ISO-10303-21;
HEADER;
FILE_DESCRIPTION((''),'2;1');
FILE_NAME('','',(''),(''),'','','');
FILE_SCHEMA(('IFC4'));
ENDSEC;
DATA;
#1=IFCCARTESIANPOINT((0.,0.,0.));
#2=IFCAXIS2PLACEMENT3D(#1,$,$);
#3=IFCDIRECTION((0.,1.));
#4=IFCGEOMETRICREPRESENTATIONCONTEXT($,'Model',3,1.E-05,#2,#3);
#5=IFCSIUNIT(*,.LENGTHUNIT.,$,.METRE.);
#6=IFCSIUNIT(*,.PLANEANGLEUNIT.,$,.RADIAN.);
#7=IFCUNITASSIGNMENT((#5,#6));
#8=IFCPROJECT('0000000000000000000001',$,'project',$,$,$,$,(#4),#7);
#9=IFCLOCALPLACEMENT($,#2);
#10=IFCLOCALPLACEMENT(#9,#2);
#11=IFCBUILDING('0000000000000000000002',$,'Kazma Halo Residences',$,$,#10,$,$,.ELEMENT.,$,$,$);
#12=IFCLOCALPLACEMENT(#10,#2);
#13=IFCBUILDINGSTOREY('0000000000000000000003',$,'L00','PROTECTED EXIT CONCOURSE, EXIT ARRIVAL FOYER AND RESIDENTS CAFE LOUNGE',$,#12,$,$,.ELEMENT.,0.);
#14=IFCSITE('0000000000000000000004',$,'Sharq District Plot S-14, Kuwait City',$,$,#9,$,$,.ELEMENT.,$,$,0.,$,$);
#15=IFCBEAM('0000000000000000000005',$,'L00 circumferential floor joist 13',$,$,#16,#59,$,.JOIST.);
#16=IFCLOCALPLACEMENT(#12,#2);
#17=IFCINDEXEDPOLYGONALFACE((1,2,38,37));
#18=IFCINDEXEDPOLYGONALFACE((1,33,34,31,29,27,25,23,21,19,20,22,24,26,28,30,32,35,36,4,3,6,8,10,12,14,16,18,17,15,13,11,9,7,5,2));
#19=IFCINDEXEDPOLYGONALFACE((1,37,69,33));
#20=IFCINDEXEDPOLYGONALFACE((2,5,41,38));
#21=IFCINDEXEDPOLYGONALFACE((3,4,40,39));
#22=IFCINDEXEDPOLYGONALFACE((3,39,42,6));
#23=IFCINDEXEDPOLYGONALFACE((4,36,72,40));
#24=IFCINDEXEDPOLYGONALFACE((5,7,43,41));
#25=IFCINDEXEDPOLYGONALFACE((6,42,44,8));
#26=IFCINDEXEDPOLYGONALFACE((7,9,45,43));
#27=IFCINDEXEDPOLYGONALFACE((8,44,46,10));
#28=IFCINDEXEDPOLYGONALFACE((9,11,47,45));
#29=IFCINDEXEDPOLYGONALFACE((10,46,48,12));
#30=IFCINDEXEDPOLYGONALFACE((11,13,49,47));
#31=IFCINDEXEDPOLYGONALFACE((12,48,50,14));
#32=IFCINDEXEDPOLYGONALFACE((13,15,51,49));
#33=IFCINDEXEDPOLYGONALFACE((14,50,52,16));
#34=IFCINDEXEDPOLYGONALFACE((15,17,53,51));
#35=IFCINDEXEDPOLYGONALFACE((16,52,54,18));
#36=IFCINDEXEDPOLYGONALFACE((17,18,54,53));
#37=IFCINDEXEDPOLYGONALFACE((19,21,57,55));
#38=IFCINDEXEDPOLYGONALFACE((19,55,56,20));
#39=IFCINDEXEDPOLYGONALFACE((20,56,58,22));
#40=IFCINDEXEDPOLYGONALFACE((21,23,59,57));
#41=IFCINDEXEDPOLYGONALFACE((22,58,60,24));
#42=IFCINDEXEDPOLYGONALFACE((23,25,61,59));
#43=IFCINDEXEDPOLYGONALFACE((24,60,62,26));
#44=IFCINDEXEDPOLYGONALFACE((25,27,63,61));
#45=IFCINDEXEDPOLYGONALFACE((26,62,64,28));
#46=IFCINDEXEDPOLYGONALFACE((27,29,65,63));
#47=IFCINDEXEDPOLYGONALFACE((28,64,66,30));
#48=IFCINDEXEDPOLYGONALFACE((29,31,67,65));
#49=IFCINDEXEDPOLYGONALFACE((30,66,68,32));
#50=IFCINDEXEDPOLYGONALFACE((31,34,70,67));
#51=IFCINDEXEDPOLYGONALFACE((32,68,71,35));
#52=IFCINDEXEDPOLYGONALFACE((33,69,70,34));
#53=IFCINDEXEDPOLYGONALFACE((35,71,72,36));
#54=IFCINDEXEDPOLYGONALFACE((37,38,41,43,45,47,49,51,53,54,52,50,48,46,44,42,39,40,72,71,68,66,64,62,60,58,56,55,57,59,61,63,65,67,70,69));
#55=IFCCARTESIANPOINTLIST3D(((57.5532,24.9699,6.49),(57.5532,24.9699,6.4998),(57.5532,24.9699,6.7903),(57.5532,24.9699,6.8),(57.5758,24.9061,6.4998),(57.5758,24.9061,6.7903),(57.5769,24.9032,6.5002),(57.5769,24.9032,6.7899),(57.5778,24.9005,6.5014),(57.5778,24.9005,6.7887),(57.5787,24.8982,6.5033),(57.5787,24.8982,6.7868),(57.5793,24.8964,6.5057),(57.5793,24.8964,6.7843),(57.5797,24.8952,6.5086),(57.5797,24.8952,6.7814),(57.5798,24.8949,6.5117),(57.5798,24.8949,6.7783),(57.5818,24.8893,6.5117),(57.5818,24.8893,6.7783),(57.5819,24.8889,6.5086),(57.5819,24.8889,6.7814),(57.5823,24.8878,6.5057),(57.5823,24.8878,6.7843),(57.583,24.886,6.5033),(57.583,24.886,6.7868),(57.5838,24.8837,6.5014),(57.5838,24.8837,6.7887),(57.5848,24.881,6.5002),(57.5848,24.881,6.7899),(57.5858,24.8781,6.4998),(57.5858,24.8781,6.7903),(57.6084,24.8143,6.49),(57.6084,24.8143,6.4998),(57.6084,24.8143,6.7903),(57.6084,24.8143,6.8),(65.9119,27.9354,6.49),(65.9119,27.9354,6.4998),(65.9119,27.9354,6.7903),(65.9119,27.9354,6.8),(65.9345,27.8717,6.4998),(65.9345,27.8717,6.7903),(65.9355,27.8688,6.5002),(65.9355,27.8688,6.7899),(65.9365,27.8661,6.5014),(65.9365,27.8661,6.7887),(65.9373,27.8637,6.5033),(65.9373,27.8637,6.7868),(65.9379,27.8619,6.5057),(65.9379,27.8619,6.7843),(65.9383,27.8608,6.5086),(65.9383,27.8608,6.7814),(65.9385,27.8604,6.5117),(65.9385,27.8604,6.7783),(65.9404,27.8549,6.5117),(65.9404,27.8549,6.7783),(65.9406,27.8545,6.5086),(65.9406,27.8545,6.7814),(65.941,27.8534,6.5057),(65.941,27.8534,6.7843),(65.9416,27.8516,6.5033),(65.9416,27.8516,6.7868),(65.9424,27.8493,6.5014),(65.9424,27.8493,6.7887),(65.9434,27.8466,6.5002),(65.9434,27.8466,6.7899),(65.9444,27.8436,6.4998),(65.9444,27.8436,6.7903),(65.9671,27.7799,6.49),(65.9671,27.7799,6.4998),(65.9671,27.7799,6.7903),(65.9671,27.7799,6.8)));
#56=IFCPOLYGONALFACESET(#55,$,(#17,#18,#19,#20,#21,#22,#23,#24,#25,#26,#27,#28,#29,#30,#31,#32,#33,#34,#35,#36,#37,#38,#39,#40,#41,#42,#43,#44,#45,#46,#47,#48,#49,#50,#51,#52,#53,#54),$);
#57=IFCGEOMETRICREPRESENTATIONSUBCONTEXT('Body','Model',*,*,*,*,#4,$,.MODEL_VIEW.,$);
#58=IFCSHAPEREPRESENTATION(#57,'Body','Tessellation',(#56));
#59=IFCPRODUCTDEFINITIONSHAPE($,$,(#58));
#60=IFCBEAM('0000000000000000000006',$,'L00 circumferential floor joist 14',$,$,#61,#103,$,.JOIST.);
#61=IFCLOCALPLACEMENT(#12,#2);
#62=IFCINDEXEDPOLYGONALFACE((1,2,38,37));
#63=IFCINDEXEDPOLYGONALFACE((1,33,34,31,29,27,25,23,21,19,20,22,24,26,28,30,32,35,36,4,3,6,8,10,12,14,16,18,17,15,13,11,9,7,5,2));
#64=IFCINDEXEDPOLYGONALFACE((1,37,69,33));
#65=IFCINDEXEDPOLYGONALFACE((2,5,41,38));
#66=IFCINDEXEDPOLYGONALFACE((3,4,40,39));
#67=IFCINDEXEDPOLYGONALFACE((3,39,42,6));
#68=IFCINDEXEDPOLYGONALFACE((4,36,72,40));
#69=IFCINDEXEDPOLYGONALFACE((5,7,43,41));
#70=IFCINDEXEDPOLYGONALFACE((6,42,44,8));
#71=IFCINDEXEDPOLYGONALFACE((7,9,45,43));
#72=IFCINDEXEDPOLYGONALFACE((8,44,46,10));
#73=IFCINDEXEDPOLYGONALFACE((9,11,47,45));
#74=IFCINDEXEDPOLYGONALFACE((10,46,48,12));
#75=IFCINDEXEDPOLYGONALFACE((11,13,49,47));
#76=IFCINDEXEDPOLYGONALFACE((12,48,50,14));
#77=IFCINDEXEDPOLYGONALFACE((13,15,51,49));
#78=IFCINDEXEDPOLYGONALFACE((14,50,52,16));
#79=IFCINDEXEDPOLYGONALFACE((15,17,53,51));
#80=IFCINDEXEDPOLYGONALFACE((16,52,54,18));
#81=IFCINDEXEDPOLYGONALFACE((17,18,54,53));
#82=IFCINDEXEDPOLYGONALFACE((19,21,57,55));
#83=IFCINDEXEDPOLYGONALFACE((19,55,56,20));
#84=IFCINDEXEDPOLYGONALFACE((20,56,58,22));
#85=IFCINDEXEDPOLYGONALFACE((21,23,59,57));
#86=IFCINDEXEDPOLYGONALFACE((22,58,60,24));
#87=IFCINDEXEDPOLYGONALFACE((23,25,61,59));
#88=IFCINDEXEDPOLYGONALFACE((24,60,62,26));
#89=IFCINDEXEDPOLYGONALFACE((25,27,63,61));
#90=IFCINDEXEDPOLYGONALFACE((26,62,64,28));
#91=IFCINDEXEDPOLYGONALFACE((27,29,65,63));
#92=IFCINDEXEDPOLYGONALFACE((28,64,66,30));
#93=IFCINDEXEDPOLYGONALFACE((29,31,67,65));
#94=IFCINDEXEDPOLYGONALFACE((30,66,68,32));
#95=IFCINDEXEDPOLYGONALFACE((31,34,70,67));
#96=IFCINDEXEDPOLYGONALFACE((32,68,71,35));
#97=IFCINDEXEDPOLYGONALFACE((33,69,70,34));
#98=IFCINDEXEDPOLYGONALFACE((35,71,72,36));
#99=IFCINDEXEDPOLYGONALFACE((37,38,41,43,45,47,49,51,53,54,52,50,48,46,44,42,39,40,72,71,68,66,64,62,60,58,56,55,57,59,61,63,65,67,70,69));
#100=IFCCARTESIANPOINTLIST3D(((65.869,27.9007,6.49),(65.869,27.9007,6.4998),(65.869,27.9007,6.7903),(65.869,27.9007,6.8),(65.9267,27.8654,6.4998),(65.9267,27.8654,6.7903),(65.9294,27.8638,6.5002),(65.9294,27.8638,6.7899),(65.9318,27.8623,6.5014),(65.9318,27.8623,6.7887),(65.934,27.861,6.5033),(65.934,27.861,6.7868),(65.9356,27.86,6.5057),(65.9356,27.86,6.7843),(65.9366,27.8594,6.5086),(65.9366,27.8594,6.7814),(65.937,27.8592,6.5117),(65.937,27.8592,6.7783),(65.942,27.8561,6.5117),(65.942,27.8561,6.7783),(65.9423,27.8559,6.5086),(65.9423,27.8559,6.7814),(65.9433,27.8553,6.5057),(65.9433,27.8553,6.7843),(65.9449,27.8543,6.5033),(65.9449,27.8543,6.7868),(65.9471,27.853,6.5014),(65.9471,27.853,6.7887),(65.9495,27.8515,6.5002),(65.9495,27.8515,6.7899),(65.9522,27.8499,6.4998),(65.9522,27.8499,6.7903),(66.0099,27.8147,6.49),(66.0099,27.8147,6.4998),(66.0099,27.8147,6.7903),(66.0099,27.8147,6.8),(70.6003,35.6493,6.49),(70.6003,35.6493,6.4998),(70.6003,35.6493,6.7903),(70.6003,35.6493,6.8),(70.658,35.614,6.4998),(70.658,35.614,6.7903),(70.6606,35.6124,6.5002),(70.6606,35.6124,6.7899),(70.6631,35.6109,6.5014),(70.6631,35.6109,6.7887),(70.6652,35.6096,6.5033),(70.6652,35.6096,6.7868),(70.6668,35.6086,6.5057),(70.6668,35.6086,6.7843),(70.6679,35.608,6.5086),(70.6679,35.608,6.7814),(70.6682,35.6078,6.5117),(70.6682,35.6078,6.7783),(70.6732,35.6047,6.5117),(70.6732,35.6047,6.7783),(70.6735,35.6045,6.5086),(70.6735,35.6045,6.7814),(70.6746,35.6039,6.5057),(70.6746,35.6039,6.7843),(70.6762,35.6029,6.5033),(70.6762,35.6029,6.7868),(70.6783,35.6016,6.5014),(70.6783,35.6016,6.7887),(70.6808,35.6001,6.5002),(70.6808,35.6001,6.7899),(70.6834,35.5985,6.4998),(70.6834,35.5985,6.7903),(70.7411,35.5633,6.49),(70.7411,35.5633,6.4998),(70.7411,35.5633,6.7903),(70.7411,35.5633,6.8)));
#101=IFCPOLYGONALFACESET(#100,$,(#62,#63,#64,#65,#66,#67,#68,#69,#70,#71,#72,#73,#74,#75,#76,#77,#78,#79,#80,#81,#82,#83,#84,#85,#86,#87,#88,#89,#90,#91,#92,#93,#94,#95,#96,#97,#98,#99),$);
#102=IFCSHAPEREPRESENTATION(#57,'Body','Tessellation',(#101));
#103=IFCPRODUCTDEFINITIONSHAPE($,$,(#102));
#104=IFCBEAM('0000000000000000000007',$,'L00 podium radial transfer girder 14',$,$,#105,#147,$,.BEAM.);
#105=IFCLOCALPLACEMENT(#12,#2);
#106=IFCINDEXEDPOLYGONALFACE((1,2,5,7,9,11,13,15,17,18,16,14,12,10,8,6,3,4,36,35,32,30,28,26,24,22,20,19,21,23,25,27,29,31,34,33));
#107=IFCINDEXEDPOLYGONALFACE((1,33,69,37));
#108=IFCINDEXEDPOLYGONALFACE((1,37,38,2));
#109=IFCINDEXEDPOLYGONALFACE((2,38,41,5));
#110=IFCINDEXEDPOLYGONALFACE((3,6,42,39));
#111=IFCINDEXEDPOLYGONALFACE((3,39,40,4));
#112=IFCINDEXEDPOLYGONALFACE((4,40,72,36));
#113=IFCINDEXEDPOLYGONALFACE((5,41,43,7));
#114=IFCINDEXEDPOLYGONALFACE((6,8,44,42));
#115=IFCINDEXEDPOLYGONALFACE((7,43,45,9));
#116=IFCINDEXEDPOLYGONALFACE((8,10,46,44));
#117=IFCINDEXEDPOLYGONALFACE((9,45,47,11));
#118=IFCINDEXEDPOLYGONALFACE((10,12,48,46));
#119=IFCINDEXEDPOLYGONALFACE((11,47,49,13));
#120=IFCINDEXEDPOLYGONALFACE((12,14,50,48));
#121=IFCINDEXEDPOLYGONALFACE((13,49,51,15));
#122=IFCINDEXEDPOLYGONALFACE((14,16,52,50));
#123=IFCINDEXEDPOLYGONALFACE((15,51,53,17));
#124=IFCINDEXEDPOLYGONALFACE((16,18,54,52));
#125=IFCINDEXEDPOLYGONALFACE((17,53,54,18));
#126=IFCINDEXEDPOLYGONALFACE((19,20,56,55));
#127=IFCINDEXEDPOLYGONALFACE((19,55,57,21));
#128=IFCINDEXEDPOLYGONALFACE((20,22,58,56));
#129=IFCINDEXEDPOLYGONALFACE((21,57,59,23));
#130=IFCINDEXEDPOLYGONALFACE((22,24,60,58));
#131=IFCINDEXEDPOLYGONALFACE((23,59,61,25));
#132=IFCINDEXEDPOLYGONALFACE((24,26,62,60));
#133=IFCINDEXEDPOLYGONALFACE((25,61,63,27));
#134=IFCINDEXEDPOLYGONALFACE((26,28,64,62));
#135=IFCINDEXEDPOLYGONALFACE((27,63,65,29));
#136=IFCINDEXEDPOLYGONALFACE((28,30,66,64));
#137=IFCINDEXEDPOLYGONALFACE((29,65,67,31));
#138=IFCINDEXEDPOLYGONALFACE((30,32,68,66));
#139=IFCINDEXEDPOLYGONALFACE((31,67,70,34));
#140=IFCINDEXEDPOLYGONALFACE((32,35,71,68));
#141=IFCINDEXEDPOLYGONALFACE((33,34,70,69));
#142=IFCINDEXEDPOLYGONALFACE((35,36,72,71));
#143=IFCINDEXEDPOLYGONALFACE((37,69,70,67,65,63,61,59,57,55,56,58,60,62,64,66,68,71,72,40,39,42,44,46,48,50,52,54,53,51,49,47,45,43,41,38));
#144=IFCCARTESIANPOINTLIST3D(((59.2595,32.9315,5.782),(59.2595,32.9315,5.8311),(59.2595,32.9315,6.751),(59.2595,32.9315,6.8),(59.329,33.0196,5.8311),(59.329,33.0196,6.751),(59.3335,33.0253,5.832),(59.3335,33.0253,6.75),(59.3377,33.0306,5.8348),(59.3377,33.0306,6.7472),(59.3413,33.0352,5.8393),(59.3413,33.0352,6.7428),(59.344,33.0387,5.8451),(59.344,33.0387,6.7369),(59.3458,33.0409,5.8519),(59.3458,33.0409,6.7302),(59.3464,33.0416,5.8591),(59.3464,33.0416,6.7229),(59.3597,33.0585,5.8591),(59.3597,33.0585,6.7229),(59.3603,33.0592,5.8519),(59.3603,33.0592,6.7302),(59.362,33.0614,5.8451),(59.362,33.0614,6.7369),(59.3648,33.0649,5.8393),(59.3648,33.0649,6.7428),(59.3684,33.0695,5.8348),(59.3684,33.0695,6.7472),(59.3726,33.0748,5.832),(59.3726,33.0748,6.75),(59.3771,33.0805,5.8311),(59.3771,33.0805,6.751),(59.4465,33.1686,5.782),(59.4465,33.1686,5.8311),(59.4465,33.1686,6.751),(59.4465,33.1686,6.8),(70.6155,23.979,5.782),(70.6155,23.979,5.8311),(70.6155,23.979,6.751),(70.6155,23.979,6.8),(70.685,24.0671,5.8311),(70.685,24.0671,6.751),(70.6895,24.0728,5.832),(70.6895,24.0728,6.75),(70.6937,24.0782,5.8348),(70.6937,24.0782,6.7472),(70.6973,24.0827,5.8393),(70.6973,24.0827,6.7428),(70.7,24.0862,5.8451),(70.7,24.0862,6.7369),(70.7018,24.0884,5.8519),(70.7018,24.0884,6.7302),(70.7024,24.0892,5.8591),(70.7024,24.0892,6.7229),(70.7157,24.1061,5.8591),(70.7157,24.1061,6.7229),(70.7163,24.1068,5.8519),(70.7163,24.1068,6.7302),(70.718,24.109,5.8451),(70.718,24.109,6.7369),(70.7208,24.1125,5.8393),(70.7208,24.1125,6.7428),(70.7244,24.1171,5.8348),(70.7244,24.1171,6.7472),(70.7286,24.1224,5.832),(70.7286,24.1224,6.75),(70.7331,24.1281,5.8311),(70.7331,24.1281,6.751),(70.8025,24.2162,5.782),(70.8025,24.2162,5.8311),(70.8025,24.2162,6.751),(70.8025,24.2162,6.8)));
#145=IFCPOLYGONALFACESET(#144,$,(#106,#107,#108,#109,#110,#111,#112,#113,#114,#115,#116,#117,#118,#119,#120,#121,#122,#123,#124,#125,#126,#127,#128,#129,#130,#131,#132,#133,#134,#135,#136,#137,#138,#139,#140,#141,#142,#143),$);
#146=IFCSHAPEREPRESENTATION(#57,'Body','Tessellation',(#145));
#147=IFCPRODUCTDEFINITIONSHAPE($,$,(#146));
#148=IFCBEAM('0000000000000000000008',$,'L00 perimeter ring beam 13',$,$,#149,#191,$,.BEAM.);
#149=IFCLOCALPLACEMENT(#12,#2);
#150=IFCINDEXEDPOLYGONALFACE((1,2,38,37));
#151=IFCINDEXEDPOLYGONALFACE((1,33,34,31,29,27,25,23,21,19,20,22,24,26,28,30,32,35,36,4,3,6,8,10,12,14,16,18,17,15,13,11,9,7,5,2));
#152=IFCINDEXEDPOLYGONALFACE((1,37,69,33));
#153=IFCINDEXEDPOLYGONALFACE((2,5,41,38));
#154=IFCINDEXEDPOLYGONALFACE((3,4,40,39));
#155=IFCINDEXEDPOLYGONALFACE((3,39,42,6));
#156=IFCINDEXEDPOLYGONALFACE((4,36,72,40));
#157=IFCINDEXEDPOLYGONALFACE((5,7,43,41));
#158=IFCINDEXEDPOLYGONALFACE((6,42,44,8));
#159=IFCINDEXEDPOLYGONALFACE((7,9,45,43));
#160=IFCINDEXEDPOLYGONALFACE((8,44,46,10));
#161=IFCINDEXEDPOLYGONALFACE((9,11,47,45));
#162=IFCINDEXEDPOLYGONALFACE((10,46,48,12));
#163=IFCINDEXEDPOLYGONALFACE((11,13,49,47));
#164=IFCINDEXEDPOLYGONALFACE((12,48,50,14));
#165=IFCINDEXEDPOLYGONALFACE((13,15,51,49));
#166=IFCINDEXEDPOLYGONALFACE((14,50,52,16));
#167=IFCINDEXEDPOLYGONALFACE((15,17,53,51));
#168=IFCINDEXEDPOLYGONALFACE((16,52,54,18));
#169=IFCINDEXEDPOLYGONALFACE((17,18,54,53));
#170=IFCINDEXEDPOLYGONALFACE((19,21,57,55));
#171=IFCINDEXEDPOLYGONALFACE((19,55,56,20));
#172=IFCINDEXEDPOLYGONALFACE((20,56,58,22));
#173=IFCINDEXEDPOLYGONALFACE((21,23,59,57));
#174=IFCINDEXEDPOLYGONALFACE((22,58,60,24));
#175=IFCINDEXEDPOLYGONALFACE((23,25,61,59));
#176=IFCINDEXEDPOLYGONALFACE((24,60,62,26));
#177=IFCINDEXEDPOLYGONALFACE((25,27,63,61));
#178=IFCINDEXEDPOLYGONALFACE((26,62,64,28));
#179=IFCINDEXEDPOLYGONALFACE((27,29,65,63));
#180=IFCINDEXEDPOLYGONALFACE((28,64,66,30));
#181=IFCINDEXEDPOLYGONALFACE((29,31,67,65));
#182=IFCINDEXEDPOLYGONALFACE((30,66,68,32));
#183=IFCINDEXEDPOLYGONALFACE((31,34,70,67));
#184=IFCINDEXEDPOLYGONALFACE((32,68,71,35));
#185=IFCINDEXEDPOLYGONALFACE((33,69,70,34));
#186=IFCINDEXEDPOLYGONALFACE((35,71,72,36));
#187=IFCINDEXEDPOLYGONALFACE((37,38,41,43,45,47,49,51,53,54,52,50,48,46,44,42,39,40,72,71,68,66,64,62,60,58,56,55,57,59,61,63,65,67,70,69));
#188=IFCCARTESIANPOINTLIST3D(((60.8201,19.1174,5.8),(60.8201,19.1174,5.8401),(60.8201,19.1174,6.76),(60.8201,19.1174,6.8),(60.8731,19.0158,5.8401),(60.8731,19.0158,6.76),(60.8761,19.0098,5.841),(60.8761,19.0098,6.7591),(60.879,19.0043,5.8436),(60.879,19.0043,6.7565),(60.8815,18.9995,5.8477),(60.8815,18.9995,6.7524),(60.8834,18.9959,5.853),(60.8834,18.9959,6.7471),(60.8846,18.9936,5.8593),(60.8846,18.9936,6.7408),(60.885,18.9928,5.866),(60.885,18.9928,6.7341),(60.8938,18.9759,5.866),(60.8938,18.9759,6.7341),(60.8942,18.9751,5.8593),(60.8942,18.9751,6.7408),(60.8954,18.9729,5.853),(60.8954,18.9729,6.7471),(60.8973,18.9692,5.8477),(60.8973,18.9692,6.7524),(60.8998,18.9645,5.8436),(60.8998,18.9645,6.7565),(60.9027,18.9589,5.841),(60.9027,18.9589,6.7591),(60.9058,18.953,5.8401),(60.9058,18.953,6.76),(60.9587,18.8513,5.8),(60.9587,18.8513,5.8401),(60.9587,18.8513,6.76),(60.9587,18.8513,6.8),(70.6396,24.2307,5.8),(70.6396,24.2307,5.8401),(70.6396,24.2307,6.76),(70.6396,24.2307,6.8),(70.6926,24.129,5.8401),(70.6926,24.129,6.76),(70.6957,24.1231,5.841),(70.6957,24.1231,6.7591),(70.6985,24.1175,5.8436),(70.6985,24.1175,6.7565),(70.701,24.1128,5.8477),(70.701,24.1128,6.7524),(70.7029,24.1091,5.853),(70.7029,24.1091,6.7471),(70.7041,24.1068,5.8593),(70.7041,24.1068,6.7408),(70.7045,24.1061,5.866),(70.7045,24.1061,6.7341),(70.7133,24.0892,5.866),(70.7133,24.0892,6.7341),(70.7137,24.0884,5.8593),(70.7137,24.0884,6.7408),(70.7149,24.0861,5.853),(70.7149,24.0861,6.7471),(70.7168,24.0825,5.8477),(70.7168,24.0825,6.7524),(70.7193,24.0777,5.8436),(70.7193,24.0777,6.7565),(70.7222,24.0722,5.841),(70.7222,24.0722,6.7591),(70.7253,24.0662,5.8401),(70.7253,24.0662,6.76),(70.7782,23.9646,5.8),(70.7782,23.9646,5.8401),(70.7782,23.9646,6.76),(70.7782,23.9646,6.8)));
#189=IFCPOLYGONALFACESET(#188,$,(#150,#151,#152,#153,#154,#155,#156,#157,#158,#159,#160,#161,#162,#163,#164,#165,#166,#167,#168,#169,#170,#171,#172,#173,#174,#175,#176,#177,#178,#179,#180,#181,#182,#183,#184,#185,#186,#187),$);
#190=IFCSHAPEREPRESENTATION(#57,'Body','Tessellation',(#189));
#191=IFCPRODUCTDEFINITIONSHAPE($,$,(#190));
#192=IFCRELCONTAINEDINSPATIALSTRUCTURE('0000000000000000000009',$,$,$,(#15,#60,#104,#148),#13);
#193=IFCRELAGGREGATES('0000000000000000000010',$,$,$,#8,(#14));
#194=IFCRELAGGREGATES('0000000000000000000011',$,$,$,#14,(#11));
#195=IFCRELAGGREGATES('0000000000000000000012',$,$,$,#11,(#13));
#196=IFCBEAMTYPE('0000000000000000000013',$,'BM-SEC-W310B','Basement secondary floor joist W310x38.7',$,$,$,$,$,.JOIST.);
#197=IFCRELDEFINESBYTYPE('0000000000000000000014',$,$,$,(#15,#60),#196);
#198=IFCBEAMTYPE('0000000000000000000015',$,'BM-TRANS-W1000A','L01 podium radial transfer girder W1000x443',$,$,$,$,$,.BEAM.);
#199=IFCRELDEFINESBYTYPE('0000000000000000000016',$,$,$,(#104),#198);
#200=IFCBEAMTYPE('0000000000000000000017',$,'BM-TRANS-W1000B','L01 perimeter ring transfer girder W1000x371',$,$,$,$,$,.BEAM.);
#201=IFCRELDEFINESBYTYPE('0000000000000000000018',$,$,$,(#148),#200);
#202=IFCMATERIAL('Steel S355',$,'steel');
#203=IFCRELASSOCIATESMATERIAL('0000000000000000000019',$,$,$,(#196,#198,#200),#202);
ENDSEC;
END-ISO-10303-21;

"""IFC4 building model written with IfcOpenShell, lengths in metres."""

from ifc_helpers import new_model, si_unit, direction, frame, origin, origin_2d, place, context, subcontext, project, spatial, i_section, extrude, material, material_profile, profile_set, type_object, element, save


model = new_model("IFC4")

# Units and contexts
model_context = context("Model", 3, precision=1e-05, world=origin(), true_north=direction((0.0, 1.0)))
body_context = subcontext(model_context, "Body", "Model", "MODEL_VIEW")
ifc_project = project(units=[si_unit("LENGTHUNIT", "METRE"), si_unit("PLANEANGLEUNIT", "RADIAN")], contexts=[model_context])

# Site, building, storey
site_placement = place(None, origin())
site = spatial("IfcSite", under=ifc_project, at=site_placement, Name="Sharq District Plot S-14, Kuwait City", CompositionType="ELEMENT", RefElevation=0.0)
building_placement = place(site_placement, origin())
building = spatial("IfcBuilding", under=site, at=building_placement, Name="Kazma Halo Residences", CompositionType="ELEMENT")
storey_placement = place(building_placement, origin())
storey = spatial("IfcBuildingStorey", under=building, at=storey_placement, Name="L00", Description="PROTECTED EXIT CONCOURSE, EXIT ARRIVAL FOYER AND RESIDENTS CAFE LOUNGE", CompositionType="ELEMENT", Elevation=0.0)

# Beams
ifc_material_1 = material(Name="Steel S355", Category="steel")
ifc_material_profile_1 = material_profile(ifc_material_1, i_section(OverallWidth=0.165, OverallDepth=0.3101, WebThickness=0.0059, FlangeThickness=0.0098, FilletRadius=0.012, at=origin_2d()), Name="W310x38.7")
ifc_profile_set_1 = profile_set([ifc_material_profile_1], Name="Steel S355")
beam_type_1 = type_object("IfcBeamType", Name="BM-SEC-W310B", Description="Basement secondary floor joist W310x38.7", PredefinedType="JOIST", material=ifc_profile_set_1)
beam_1_placement = place(storey_placement, frame((57.5808, 24.8921, 6.645), z_axis=(0.942442, 0.33437, 0.0), x_axis=(-0.33437, 0.942442, 0.0)))
element("IfcBeam", 1, at=beam_1_placement, inside=storey, type_object=beam_type_1, Name="L00 circumferential floor joist 13", PredefinedType="JOIST", context=body_context, shape_type="SweptSolid", body=[
    extrude(i_section(OverallWidth=0.165, OverallDepth=0.3101, WebThickness=0.0059, FlangeThickness=0.0098, FilletRadius=0.012, at=origin_2d()), origin(), (0.0, 0.0, 1.0), 8.8691),
])
beam_2_placement = place(storey_placement, frame((65.9395, 27.8577, 6.645), z_axis=(0.521128, 0.853479, 0.0), x_axis=(-0.853479, 0.521128, 0.0)))
element("IfcBeam", 2, at=beam_2_placement, inside=storey, type_object=beam_type_1, Name="L00 circumferential floor joist 14", PredefinedType="JOIST", context=body_context, shape_type="SweptSolid", body=[
    extrude(i_section(OverallWidth=0.165, OverallDepth=0.3101, WebThickness=0.0059, FlangeThickness=0.0098, FilletRadius=0.012, at=origin_2d()), origin(), (0.0, 0.0, 1.0), 9.0789),
])
ifc_material_profile_2 = material_profile(ifc_material_1, i_section(OverallWidth=0.302, OverallDepth=1.0181, WebThickness=0.0215, FlangeThickness=0.0491, FilletRadius=0.0281, at=origin_2d()), Name="W1000x443")
ifc_profile_set_2 = profile_set([ifc_material_profile_2], Name="Steel S355")
beam_type_2 = type_object("IfcBeamType", Name="BM-TRANS-W1000A", Description="L01 podium radial transfer girder W1000x443", PredefinedType="BEAM", material=ifc_profile_set_2)
beam_3_placement = place(storey_placement, frame((59.353, 33.05, 6.291), z_axis=(0.785314, -0.619097, 0.0), x_axis=(0.619097, 0.785314, 0.0)))
element("IfcBeam", 3, at=beam_3_placement, inside=storey, type_object=beam_type_2, Name="L00 podium radial transfer girder 14", PredefinedType="BEAM", context=body_context, shape_type="SweptSolid", body=[
    extrude(i_section(OverallWidth=0.302, OverallDepth=1.0181, WebThickness=0.0215, FlangeThickness=0.0491, FilletRadius=0.0281, at=origin_2d()), origin(), (0.0, 0.0, 1.0), 14.4604),
])
ifc_material_profile_3 = material_profile(ifc_material_1, i_section(OverallWidth=0.3, OverallDepth=1.0, WebThickness=0.019, FlangeThickness=0.04, FilletRadius=0.0259, at=origin_2d()), Name="W1000x371")
ifc_profile_set_3 = profile_set([ifc_material_profile_3], Name="Steel S355")
beam_type_3 = type_object("IfcBeamType", Name="BM-TRANS-W1000B", Description="L01 perimeter ring transfer girder W1000x371", PredefinedType="BEAM", material=ifc_profile_set_3)
beam_4_placement = place(storey_placement, frame((60.8894, 18.9844, 6.3), z_axis=(0.886954, 0.461857, 0.0), x_axis=(-0.461857, 0.886954, 0.0)))
element("IfcBeam", 4, at=beam_4_placement, inside=storey, type_object=beam_type_3, Name="L00 perimeter ring beam 13", PredefinedType="BEAM", context=body_context, shape_type="SweptSolid", body=[
    extrude(i_section(OverallWidth=0.3, OverallDepth=1.0, WebThickness=0.019, FlangeThickness=0.04, FilletRadius=0.0259, at=origin_2d()), origin(), (0.0, 0.0, 1.0), 11.071),
])

save(model, "model.ifc")
